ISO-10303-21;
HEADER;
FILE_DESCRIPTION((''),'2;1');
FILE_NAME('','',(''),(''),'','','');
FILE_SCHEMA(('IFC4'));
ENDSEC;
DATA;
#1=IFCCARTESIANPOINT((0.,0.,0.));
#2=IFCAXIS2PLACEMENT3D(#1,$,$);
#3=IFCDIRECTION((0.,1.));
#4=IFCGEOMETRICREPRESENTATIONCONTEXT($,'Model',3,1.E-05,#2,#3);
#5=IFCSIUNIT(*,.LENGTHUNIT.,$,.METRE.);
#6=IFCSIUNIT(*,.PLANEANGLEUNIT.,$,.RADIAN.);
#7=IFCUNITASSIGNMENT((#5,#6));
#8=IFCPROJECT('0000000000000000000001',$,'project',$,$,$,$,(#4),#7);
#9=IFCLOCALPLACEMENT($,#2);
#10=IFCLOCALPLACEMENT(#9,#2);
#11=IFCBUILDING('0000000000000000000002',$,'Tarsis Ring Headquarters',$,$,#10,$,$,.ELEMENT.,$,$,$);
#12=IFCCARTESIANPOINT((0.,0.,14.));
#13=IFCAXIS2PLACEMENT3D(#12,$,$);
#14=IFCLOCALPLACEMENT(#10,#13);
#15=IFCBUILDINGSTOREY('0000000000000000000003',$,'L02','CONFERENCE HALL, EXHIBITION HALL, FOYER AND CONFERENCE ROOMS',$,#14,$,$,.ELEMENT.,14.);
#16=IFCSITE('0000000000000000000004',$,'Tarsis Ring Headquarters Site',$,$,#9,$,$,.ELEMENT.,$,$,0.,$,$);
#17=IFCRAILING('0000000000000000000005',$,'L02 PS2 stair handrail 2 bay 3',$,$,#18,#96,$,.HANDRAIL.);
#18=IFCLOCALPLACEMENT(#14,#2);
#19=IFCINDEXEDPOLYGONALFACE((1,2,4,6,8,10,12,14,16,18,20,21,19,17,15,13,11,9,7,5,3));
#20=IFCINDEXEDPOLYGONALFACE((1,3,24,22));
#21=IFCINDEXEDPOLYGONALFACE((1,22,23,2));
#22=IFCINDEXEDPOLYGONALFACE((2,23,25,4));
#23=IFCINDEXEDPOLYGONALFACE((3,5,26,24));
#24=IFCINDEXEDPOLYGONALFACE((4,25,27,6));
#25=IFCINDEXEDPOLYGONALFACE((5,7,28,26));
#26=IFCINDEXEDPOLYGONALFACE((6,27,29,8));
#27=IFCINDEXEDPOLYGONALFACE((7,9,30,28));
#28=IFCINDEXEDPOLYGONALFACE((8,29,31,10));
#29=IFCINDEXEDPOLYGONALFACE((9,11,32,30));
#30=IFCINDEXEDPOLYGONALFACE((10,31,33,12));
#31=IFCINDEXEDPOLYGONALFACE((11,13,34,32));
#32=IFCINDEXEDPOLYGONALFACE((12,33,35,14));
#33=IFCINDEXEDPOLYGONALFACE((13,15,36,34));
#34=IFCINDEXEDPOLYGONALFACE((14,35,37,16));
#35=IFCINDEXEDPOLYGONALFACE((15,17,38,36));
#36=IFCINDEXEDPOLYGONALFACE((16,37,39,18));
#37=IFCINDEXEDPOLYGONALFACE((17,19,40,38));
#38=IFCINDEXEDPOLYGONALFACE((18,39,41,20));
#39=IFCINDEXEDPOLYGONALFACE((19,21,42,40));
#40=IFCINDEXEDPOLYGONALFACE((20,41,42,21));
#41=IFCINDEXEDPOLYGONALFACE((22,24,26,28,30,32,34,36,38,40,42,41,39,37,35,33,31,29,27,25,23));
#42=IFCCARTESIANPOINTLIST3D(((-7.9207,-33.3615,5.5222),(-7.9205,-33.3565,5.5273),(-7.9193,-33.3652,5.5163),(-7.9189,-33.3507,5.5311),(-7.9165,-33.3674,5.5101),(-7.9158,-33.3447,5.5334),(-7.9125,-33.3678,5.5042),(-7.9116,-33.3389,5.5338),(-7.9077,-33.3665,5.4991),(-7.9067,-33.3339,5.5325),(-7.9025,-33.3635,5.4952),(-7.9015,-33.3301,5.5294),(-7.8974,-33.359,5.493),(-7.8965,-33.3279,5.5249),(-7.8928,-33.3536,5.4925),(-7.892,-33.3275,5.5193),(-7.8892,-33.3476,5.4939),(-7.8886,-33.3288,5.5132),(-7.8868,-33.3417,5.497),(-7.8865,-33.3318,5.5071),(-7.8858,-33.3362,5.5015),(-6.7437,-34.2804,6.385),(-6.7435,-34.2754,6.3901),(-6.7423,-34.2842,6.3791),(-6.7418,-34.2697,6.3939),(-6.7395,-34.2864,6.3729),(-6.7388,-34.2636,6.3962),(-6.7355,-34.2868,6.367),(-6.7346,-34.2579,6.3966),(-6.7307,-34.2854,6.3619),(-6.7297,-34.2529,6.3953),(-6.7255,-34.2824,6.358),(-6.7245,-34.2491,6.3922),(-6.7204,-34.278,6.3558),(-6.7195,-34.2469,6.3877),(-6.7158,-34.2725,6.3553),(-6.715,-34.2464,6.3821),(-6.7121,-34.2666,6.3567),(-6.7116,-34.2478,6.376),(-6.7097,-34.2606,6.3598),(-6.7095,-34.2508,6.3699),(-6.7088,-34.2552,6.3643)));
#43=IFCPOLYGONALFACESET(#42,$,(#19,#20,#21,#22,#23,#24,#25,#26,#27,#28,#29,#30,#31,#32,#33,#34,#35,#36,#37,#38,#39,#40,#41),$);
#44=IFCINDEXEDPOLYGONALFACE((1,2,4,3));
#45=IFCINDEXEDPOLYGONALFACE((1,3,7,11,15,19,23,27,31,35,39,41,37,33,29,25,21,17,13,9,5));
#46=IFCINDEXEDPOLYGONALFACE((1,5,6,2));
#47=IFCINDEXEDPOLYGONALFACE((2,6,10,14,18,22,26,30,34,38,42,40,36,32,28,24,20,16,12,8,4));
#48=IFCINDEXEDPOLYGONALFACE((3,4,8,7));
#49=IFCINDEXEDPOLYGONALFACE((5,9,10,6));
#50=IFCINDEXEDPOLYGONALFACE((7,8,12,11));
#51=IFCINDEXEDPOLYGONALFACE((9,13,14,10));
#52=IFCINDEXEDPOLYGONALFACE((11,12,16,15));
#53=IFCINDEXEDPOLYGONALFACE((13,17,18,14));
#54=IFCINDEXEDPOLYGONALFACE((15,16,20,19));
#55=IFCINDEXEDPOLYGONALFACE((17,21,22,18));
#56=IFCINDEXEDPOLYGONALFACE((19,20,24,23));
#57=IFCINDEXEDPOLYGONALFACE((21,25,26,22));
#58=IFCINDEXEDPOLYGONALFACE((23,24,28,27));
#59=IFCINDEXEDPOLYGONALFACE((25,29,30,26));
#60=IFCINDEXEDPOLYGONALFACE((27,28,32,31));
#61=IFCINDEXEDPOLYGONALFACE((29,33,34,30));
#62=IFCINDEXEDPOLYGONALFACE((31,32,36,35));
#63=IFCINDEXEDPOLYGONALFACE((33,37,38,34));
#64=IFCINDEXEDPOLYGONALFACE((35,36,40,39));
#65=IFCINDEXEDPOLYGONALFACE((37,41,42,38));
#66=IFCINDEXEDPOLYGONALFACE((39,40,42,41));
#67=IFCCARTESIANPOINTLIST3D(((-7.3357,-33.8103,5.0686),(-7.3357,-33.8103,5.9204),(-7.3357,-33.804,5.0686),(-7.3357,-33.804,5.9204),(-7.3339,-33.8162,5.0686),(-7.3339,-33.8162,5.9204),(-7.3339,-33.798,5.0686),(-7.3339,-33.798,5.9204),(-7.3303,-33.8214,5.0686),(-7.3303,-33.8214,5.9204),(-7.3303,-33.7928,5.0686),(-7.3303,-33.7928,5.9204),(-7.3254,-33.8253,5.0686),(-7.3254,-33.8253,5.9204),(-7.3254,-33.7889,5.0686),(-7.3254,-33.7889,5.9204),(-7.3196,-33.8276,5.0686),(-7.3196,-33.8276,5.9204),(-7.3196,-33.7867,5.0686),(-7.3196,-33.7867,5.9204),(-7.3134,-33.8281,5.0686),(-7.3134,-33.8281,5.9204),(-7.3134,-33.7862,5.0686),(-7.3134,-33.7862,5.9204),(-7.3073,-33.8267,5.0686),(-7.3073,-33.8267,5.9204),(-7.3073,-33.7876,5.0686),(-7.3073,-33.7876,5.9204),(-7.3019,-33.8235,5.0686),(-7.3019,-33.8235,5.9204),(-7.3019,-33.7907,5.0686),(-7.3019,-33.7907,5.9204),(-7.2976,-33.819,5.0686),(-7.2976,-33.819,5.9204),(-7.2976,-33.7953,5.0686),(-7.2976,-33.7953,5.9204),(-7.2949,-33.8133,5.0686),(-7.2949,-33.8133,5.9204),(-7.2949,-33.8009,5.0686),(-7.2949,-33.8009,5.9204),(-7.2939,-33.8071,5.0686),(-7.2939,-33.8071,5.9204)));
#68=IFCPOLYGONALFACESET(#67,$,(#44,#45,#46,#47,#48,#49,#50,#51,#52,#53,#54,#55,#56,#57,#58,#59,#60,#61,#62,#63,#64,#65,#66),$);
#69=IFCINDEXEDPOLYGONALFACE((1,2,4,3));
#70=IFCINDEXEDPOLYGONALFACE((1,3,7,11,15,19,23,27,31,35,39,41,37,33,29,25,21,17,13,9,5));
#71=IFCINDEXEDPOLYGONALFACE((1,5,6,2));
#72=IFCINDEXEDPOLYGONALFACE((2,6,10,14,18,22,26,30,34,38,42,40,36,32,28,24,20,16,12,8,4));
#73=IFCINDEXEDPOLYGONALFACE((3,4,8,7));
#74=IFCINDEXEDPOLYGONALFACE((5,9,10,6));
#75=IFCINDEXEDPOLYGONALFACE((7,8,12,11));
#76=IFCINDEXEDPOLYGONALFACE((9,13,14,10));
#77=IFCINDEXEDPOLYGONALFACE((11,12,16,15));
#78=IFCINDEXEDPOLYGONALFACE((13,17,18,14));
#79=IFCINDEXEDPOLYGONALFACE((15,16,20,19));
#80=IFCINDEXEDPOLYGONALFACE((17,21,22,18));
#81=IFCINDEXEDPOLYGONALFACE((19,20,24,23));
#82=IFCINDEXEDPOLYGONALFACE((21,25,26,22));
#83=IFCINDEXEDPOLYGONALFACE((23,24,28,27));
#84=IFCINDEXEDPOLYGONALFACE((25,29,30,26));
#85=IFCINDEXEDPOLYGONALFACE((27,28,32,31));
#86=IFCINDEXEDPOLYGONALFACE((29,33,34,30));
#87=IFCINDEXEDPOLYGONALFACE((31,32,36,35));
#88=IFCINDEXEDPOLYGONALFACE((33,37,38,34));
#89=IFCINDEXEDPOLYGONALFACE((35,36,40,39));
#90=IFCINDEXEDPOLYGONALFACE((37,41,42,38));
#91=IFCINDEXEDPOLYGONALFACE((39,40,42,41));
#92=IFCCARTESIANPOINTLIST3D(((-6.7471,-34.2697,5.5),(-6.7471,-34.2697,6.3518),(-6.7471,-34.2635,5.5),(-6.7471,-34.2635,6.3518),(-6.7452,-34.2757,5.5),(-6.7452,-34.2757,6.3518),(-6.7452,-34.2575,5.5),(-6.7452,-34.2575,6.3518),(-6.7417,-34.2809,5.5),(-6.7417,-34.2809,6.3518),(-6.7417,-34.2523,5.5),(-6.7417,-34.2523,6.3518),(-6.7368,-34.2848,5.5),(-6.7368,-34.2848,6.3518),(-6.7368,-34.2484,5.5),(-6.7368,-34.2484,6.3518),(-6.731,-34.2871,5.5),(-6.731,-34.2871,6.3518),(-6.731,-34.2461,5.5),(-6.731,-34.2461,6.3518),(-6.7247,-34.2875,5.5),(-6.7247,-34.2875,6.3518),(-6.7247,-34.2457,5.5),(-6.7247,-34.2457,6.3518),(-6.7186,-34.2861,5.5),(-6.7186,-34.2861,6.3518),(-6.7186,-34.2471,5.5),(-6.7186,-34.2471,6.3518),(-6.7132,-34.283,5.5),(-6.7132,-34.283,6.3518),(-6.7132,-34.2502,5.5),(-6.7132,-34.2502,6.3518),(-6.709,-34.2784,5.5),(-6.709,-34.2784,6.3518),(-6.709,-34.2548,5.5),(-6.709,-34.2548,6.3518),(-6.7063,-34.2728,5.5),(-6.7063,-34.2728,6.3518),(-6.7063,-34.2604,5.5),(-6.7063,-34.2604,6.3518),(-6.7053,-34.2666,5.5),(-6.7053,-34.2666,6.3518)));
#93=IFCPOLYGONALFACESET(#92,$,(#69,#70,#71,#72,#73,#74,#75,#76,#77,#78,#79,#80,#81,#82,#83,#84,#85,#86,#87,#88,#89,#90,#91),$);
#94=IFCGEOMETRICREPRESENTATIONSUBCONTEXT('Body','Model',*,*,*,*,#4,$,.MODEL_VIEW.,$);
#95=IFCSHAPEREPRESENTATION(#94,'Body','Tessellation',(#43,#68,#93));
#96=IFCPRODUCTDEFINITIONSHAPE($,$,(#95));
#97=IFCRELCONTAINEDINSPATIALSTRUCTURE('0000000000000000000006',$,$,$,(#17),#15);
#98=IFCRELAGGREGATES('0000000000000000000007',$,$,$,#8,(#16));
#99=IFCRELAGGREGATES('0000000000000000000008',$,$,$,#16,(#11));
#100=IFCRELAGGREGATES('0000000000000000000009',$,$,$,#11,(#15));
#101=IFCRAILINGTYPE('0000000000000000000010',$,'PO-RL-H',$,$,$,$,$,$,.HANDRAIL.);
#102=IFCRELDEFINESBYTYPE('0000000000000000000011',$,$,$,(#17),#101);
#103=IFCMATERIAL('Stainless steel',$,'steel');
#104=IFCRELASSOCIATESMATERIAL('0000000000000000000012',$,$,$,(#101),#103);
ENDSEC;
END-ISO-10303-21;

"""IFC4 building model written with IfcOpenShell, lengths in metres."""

from ifc_helpers import new_model, si_unit, direction, frame, origin, origin_2d, place, context, subcontext, project, spatial, circle, extrude, material, type_object, element, save


model = new_model("IFC4")

# Units and contexts
model_context = context("Model", 3, precision=1e-05, world=origin(), true_north=direction((0.0, 1.0)))
body_context = subcontext(model_context, "Body", "Model", "MODEL_VIEW")
ifc_project = project(units=[si_unit("LENGTHUNIT", "METRE"), si_unit("PLANEANGLEUNIT", "RADIAN")], contexts=[model_context])

# Site, building, storey
site_placement = place(None, origin())
site = spatial("IfcSite", under=ifc_project, at=site_placement, Name="Tarsis Ring Headquarters Site", CompositionType="ELEMENT", RefElevation=0.0)
building_placement = place(site_placement, origin())
building = spatial("IfcBuilding", under=site, at=building_placement, Name="Tarsis Ring Headquarters", CompositionType="ELEMENT")
storey_placement = place(building_placement, frame((0.0, 0.0, 14.0)))
storey = spatial("IfcBuildingStorey", under=building, at=storey_placement, Name="L02", Description="CONFERENCE HALL, EXHIBITION HALL, FOYER AND CONFERENCE ROOMS", CompositionType="ELEMENT", Elevation=14.0)

# Railing
ifc_material_1 = material(Name="Stainless steel", Category="steel")
railing_type_1 = type_object("IfcRailingType", Name="PO-RL-H", PredefinedType="HANDRAIL", material=ifc_material_1)
railing_1_placement = place(storey_placement, frame((-7.9033, -33.3477, 4.6372)))
element("IfcRailing", 1, at=railing_1_placement, inside=storey, type_object=railing_type_1, Name="L02 PS2 stair handrail 2 bay 3", PredefinedType="HANDRAIL", context=body_context, shape_type="SweptSolid", body=[
    extrude(circle(Radius=0.0239, at=origin_2d()), frame((0.0, 0.0, 0.876), z_axis=(0.682483, -0.532849, 0.500289), x_axis=(0.6154, 0.788215, 0.0)), (0.0, 0.0, 1.0), 1.7246),
    extrude(circle(Radius=0.021, at=origin_2d()), frame((0.5884, -0.4595, 0.4314)), (0.0, 0.0, 1.0), 0.8518),
    extrude(circle(Radius=0.021, at=origin_2d()), frame((1.177, -0.9189, 0.8628)), (0.0, 0.0, 1.0), 0.8518),
])

save(model, "model.ifc")
